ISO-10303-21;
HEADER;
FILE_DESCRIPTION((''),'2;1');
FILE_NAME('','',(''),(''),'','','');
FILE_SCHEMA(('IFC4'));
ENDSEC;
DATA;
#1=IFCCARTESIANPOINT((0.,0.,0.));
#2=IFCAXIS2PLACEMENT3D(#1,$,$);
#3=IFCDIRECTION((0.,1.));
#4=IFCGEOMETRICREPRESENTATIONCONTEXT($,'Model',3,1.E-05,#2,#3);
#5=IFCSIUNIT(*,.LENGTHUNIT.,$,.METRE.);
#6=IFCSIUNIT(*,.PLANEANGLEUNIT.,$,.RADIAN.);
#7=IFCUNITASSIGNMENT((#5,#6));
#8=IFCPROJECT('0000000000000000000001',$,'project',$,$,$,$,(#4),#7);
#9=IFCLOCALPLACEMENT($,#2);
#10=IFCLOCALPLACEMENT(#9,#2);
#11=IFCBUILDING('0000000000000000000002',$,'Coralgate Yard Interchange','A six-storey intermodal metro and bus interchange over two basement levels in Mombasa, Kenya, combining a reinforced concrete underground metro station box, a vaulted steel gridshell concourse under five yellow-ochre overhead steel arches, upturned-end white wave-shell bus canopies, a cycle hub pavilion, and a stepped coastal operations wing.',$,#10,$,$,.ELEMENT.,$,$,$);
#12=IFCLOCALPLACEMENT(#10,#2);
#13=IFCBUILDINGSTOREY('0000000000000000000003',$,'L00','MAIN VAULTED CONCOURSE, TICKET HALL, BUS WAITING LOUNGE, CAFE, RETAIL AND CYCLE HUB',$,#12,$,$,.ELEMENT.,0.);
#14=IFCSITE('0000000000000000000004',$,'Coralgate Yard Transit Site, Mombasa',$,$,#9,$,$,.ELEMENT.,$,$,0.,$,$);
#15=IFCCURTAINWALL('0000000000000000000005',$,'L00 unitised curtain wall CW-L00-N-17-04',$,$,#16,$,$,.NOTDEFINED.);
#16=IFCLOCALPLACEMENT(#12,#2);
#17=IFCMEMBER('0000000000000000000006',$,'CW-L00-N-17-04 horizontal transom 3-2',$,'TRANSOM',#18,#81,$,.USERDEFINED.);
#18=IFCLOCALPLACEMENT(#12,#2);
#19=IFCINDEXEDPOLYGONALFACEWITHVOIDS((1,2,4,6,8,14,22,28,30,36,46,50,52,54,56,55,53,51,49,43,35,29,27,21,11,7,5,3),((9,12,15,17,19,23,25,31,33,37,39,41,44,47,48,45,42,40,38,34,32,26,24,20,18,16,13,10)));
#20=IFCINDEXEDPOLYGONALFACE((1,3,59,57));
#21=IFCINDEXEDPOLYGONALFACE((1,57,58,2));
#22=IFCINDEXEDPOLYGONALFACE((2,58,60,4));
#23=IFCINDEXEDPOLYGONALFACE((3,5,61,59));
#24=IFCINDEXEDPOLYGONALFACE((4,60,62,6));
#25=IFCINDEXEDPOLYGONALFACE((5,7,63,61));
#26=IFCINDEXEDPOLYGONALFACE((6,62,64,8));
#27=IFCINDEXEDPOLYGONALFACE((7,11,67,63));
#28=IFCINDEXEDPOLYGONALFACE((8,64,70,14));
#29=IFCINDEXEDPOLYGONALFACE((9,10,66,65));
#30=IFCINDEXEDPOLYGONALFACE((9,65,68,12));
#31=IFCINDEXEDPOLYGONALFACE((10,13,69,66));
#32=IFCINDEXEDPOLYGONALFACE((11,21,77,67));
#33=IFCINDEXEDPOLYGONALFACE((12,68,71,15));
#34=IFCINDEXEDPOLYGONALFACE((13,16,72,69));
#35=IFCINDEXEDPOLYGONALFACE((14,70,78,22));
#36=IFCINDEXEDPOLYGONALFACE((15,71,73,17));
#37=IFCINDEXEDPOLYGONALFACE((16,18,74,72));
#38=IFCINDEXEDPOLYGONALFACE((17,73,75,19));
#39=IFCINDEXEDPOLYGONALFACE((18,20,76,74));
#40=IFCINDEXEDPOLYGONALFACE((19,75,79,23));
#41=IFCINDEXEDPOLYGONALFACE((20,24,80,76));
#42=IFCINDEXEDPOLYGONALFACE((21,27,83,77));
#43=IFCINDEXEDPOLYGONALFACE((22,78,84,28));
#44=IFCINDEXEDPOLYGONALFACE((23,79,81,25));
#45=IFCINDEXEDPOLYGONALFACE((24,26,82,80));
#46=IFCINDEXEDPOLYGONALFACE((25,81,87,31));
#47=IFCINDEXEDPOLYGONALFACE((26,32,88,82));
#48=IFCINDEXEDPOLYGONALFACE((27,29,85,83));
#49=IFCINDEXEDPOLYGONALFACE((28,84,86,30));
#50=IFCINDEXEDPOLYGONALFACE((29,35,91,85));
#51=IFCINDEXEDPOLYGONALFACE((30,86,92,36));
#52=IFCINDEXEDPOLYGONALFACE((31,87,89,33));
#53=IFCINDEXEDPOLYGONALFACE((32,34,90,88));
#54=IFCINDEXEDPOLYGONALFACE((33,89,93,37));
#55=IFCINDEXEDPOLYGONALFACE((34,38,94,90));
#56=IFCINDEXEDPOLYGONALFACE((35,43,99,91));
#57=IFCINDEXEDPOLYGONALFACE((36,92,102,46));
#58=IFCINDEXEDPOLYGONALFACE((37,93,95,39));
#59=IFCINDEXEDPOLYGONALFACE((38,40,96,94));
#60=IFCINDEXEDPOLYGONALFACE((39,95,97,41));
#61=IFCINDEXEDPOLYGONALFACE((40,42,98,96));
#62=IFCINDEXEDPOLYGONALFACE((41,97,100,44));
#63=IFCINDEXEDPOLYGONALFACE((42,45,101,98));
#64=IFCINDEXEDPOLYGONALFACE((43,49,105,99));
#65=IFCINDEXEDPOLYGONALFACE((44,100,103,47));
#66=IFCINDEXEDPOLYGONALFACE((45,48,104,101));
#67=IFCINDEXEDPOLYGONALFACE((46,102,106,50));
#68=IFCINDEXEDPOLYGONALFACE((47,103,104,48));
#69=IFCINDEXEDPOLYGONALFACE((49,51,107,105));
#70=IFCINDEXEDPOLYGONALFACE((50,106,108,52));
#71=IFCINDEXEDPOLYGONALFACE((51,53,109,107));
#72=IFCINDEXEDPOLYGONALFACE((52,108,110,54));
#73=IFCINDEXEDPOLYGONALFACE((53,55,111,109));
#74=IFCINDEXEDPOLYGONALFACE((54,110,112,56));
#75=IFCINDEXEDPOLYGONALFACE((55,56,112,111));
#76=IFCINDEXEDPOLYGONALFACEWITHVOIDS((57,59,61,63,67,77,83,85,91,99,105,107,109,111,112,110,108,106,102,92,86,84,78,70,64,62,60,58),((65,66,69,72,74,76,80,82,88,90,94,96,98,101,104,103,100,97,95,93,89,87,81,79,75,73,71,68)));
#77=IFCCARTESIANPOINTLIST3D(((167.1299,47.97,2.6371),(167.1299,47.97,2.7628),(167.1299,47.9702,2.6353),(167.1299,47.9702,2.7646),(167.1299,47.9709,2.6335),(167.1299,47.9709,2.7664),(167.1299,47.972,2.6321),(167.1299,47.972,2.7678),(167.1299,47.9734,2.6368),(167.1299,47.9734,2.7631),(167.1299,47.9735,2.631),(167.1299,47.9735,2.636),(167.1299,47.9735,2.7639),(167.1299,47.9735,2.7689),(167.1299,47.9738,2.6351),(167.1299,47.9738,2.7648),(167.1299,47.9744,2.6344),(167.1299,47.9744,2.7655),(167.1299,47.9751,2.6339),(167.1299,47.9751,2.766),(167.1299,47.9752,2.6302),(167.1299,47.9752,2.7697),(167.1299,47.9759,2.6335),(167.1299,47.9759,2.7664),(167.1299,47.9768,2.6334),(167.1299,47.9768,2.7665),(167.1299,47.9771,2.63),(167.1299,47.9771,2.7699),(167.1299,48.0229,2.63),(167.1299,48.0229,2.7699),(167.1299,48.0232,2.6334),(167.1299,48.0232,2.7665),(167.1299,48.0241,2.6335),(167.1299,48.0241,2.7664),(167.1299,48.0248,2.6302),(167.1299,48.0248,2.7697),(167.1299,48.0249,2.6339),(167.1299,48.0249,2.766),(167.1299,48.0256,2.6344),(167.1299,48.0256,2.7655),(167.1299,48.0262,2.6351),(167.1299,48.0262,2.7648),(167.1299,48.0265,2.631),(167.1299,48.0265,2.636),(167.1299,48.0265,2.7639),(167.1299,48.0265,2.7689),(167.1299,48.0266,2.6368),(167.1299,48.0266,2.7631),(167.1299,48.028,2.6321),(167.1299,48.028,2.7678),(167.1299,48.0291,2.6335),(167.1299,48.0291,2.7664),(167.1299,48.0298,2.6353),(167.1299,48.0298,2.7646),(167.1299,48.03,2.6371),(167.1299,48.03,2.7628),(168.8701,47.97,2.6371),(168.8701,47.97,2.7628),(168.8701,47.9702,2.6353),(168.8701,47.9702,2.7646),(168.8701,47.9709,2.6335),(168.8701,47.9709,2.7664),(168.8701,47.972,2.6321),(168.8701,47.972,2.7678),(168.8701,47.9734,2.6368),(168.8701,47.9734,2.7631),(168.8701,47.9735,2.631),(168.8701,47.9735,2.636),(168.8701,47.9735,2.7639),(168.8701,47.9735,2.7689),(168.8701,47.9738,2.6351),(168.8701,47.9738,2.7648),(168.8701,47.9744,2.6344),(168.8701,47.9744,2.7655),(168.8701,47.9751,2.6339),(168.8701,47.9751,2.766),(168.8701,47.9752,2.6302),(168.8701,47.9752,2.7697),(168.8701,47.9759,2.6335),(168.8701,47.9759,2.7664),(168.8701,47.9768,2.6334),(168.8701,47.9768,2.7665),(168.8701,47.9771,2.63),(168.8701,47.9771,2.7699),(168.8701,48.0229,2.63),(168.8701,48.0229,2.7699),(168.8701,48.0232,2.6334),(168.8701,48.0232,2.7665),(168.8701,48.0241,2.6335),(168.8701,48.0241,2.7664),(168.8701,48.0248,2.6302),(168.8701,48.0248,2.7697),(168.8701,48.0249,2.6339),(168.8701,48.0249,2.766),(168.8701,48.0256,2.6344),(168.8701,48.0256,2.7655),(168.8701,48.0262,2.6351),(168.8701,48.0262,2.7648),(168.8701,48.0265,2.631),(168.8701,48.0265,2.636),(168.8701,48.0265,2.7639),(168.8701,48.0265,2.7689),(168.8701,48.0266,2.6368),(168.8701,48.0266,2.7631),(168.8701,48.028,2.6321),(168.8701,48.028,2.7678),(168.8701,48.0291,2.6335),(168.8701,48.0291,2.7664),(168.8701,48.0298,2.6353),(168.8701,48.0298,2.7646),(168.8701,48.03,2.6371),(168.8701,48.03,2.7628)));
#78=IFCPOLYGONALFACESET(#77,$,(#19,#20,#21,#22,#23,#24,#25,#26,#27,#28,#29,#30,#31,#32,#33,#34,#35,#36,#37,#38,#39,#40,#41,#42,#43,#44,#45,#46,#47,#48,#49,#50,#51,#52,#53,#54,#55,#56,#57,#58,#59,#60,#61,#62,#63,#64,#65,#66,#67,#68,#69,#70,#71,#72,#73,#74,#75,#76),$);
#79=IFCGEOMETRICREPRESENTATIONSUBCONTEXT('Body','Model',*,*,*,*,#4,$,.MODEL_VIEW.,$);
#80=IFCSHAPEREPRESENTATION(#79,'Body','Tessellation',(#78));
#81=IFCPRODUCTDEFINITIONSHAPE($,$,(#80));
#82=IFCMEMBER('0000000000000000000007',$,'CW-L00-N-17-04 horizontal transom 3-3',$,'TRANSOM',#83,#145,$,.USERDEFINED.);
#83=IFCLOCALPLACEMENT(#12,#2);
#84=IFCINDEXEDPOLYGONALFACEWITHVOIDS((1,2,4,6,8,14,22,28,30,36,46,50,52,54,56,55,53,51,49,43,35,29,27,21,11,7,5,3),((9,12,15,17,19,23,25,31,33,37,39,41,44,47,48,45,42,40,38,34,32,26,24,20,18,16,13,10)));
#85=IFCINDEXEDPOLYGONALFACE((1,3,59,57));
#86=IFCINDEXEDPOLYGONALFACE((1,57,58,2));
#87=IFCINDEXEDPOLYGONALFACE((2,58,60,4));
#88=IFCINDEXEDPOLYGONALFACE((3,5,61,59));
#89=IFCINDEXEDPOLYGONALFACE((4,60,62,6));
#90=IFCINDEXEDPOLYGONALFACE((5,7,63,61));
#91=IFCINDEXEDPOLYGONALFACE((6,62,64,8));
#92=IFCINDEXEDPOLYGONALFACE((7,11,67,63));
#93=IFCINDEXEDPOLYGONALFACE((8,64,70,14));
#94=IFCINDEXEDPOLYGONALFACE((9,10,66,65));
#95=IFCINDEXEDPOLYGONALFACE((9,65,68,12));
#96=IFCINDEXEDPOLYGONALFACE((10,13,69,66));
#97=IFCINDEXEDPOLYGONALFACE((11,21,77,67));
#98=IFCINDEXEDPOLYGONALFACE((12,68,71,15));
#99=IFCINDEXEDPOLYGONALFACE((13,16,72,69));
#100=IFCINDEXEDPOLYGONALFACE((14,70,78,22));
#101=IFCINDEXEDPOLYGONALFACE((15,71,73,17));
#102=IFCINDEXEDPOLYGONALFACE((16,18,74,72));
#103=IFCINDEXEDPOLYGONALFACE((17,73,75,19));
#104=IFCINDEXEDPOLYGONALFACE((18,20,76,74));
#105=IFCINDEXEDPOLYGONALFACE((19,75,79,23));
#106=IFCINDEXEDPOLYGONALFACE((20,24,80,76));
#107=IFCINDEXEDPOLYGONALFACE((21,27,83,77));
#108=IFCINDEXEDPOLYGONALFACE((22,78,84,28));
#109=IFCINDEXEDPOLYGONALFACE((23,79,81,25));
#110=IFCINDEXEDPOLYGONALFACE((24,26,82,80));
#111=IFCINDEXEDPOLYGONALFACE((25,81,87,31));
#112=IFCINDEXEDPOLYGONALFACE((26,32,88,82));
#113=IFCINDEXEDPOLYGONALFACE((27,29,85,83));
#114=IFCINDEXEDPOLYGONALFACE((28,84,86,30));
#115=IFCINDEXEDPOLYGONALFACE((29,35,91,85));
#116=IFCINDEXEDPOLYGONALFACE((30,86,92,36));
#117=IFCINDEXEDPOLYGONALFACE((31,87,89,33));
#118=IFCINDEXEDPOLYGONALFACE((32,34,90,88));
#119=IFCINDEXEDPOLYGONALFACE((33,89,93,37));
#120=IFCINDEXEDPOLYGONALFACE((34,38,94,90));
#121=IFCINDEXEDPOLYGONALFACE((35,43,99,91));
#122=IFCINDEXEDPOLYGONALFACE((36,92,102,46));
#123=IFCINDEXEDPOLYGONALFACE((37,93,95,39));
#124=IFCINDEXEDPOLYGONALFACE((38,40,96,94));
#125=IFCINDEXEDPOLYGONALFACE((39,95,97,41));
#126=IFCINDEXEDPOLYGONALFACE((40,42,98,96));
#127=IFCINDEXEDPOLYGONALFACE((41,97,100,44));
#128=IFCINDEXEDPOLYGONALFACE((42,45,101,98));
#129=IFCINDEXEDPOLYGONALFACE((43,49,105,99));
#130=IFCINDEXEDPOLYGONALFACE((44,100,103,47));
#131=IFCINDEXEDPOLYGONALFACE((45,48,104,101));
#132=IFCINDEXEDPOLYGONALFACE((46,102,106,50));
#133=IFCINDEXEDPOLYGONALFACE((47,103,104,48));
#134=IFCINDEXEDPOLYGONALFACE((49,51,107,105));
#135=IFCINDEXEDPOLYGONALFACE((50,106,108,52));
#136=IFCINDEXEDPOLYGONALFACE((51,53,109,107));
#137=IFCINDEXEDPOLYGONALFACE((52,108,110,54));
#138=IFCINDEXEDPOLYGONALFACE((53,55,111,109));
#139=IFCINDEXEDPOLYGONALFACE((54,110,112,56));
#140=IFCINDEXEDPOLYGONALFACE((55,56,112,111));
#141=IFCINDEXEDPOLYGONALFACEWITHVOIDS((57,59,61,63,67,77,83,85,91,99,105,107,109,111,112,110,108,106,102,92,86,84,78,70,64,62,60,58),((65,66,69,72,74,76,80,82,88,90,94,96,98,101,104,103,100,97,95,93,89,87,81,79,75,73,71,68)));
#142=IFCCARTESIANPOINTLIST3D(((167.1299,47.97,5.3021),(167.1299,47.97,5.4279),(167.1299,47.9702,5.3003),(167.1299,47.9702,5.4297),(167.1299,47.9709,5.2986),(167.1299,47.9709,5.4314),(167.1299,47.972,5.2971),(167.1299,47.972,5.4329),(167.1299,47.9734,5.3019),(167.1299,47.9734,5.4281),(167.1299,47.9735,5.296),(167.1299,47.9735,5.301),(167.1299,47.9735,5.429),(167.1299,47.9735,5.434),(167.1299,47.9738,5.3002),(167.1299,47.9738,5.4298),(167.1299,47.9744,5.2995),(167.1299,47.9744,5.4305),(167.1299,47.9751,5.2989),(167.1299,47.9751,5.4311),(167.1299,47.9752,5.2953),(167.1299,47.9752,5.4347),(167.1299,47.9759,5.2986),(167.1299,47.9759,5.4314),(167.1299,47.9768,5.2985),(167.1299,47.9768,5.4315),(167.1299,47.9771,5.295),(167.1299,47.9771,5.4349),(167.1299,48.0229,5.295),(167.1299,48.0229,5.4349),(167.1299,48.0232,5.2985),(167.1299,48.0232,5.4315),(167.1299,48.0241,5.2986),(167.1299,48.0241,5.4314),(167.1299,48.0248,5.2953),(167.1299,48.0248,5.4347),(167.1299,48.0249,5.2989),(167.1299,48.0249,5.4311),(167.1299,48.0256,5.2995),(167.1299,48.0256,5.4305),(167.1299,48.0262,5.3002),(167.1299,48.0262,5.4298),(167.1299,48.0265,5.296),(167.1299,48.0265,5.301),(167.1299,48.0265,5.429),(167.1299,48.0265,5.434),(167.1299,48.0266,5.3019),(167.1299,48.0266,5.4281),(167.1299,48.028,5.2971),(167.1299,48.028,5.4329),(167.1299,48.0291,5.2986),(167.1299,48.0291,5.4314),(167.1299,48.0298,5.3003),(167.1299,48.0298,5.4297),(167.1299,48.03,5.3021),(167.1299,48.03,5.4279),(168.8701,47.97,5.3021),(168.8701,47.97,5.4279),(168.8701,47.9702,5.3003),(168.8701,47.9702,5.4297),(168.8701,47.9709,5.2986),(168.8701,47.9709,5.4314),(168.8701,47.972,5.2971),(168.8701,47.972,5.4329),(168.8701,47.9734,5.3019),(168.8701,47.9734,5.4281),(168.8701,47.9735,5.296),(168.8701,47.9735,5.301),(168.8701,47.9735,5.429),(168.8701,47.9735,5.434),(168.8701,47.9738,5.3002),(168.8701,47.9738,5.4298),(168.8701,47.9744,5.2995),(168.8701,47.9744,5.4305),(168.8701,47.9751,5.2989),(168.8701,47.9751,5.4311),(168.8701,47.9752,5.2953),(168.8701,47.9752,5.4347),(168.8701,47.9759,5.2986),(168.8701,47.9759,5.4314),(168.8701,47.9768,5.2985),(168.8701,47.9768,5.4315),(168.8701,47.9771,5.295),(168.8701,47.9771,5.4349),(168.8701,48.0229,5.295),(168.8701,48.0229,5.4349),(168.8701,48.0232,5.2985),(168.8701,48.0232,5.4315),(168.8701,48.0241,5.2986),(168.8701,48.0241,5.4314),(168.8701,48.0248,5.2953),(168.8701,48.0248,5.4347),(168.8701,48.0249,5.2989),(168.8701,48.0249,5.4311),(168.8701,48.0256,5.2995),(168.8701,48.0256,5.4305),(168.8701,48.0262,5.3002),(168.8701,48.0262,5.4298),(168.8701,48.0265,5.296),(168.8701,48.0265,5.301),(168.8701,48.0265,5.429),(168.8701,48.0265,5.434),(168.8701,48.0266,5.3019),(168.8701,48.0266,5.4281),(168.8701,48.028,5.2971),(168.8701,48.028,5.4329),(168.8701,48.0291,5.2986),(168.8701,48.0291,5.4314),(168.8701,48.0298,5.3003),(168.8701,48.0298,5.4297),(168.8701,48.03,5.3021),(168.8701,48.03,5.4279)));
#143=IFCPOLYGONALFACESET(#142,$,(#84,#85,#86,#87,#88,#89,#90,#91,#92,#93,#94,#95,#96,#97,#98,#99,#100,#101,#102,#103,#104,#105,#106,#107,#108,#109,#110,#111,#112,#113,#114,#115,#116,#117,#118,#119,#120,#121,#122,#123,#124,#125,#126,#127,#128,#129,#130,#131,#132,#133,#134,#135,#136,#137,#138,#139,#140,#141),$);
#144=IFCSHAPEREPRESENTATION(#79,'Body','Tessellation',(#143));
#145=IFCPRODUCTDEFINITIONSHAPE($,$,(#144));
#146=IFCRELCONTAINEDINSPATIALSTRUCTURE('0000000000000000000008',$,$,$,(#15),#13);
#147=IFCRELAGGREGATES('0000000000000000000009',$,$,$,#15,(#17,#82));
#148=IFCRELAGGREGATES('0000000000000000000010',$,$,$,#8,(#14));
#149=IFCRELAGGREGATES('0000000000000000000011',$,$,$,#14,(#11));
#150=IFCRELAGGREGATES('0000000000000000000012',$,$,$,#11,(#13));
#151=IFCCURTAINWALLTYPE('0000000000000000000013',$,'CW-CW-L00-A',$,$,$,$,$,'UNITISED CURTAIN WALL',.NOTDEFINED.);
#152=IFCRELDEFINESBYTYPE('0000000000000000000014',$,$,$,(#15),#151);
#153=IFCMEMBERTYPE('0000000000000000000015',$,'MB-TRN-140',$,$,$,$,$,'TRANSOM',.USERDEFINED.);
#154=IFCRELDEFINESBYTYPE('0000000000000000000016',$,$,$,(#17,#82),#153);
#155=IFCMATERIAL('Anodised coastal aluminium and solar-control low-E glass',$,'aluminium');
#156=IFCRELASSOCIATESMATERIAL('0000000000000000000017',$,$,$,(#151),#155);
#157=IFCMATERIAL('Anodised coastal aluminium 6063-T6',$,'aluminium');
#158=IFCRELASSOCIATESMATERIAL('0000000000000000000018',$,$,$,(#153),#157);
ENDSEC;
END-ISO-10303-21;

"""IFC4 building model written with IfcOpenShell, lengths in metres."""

from ifc_helpers import new_model, si_unit, direction, frame, origin, origin_2d, place, context, subcontext, project, spatial, hollow_rectangle, extrude, material, material_profile, profile_set, type_object, element, aggregate, save


model = new_model("IFC4")

# Units and contexts
model_context = context("Model", 3, precision=1e-05, world=origin(), true_north=direction((0.0, 1.0)))
body_context = subcontext(model_context, "Body", "Model", "MODEL_VIEW")
ifc_project = project(units=[si_unit("LENGTHUNIT", "METRE"), si_unit("PLANEANGLEUNIT", "RADIAN")], contexts=[model_context])

# Site, building, storey
site_placement = place(None, origin())
site = spatial("IfcSite", under=ifc_project, at=site_placement, Name="Coralgate Yard Transit Site, Mombasa", CompositionType="ELEMENT", RefElevation=0.0)
building_placement = place(site_placement, origin())
building = spatial("IfcBuilding", under=site, at=building_placement, Name="Coralgate Yard Interchange", Description="A six-storey intermodal metro and bus interchange over two basement levels in Mombasa, Kenya, combining a reinforced concrete underground metro station box, a vaulted steel gridshell concourse under five yellow-ochre overhead steel arches, upturned-end white wave-shell bus canopies, a cycle hub pavilion, and a stepped coastal operations wing.", CompositionType="ELEMENT")
storey_placement = place(building_placement, origin())
storey = spatial("IfcBuildingStorey", under=building, at=storey_placement, Name="L00", Description="MAIN VAULTED CONCOURSE, TICKET HALL, BUS WAITING LOUNGE, CAFE, RETAIL AND CYCLE HUB", CompositionType="ELEMENT", Elevation=0.0)

# Curtain wall, members
ifc_material_1 = material(Name="Anodised coastal aluminium and solar-control low-E glass", Category="aluminium")
curtain_wall_type = type_object("IfcCurtainWallType", Name="CW-CW-L00-A", ElementType="UNITISED CURTAIN WALL", PredefinedType="NOTDEFINED", material=ifc_material_1)
curtain_wall_placement = place(storey_placement, origin())
curtain_wall = element("IfcCurtainWall", 1, at=curtain_wall_placement, inside=storey, type_object=curtain_wall_type, Name="L00 unitised curtain wall CW-L00-N-17-04", PredefinedType="NOTDEFINED")
ifc_material_2 = material(Name="Anodised coastal aluminium 6063-T6", Category="aluminium")
ifc_material_profile_1 = material_profile(ifc_material_2, hollow_rectangle(XDim=0.0601, YDim=0.1399, WallThickness=0.0034, InnerFilletRadius=0.0034, OuterFilletRadius=0.0071, at=origin_2d()), Name="ALU 60x140x3.5")
ifc_profile_set_1 = profile_set([ifc_material_profile_1], Name="Anodised coastal aluminium 6063-T6")
member_type_1 = type_object("IfcMemberType", Name="MB-TRN-140", ElementType="TRANSOM", PredefinedType="USERDEFINED", material=ifc_profile_set_1)
member_1_placement = place(storey_placement, frame((167.1299, 48.0, 2.7), z_axis=(1.0, 0.0, 0.0), x_axis=(0.0, 1.0, 0.0)))
member_1 = element("IfcMember", 2, at=member_1_placement, type_object=member_type_1, Name="CW-L00-N-17-04 horizontal transom 3-2", ObjectType="TRANSOM", PredefinedType="USERDEFINED", context=body_context, shape_type="SweptSolid", body=[
    extrude(hollow_rectangle(XDim=0.0601, YDim=0.1399, WallThickness=0.0034, InnerFilletRadius=0.0034, OuterFilletRadius=0.0071, at=origin_2d()), origin(), (0.0, 0.0, 1.0), 1.7402),
])
member_2_placement = place(storey_placement, frame((167.1299, 48.0, 5.365), z_axis=(1.0, 0.0, 0.0), x_axis=(0.0, 1.0, 0.0)))
member_2 = element("IfcMember", 3, at=member_2_placement, type_object=member_type_1, Name="CW-L00-N-17-04 horizontal transom 3-3", ObjectType="TRANSOM", PredefinedType="USERDEFINED", context=body_context, shape_type="SweptSolid", body=[
    extrude(hollow_rectangle(XDim=0.0601, YDim=0.1399, WallThickness=0.0034, InnerFilletRadius=0.0034, OuterFilletRadius=0.0071, at=origin_2d()), origin(), (0.0, 0.0, 1.0), 1.7402),
])
aggregate(curtain_wall, [member_1, member_2])

save(model, "model.ifc")
